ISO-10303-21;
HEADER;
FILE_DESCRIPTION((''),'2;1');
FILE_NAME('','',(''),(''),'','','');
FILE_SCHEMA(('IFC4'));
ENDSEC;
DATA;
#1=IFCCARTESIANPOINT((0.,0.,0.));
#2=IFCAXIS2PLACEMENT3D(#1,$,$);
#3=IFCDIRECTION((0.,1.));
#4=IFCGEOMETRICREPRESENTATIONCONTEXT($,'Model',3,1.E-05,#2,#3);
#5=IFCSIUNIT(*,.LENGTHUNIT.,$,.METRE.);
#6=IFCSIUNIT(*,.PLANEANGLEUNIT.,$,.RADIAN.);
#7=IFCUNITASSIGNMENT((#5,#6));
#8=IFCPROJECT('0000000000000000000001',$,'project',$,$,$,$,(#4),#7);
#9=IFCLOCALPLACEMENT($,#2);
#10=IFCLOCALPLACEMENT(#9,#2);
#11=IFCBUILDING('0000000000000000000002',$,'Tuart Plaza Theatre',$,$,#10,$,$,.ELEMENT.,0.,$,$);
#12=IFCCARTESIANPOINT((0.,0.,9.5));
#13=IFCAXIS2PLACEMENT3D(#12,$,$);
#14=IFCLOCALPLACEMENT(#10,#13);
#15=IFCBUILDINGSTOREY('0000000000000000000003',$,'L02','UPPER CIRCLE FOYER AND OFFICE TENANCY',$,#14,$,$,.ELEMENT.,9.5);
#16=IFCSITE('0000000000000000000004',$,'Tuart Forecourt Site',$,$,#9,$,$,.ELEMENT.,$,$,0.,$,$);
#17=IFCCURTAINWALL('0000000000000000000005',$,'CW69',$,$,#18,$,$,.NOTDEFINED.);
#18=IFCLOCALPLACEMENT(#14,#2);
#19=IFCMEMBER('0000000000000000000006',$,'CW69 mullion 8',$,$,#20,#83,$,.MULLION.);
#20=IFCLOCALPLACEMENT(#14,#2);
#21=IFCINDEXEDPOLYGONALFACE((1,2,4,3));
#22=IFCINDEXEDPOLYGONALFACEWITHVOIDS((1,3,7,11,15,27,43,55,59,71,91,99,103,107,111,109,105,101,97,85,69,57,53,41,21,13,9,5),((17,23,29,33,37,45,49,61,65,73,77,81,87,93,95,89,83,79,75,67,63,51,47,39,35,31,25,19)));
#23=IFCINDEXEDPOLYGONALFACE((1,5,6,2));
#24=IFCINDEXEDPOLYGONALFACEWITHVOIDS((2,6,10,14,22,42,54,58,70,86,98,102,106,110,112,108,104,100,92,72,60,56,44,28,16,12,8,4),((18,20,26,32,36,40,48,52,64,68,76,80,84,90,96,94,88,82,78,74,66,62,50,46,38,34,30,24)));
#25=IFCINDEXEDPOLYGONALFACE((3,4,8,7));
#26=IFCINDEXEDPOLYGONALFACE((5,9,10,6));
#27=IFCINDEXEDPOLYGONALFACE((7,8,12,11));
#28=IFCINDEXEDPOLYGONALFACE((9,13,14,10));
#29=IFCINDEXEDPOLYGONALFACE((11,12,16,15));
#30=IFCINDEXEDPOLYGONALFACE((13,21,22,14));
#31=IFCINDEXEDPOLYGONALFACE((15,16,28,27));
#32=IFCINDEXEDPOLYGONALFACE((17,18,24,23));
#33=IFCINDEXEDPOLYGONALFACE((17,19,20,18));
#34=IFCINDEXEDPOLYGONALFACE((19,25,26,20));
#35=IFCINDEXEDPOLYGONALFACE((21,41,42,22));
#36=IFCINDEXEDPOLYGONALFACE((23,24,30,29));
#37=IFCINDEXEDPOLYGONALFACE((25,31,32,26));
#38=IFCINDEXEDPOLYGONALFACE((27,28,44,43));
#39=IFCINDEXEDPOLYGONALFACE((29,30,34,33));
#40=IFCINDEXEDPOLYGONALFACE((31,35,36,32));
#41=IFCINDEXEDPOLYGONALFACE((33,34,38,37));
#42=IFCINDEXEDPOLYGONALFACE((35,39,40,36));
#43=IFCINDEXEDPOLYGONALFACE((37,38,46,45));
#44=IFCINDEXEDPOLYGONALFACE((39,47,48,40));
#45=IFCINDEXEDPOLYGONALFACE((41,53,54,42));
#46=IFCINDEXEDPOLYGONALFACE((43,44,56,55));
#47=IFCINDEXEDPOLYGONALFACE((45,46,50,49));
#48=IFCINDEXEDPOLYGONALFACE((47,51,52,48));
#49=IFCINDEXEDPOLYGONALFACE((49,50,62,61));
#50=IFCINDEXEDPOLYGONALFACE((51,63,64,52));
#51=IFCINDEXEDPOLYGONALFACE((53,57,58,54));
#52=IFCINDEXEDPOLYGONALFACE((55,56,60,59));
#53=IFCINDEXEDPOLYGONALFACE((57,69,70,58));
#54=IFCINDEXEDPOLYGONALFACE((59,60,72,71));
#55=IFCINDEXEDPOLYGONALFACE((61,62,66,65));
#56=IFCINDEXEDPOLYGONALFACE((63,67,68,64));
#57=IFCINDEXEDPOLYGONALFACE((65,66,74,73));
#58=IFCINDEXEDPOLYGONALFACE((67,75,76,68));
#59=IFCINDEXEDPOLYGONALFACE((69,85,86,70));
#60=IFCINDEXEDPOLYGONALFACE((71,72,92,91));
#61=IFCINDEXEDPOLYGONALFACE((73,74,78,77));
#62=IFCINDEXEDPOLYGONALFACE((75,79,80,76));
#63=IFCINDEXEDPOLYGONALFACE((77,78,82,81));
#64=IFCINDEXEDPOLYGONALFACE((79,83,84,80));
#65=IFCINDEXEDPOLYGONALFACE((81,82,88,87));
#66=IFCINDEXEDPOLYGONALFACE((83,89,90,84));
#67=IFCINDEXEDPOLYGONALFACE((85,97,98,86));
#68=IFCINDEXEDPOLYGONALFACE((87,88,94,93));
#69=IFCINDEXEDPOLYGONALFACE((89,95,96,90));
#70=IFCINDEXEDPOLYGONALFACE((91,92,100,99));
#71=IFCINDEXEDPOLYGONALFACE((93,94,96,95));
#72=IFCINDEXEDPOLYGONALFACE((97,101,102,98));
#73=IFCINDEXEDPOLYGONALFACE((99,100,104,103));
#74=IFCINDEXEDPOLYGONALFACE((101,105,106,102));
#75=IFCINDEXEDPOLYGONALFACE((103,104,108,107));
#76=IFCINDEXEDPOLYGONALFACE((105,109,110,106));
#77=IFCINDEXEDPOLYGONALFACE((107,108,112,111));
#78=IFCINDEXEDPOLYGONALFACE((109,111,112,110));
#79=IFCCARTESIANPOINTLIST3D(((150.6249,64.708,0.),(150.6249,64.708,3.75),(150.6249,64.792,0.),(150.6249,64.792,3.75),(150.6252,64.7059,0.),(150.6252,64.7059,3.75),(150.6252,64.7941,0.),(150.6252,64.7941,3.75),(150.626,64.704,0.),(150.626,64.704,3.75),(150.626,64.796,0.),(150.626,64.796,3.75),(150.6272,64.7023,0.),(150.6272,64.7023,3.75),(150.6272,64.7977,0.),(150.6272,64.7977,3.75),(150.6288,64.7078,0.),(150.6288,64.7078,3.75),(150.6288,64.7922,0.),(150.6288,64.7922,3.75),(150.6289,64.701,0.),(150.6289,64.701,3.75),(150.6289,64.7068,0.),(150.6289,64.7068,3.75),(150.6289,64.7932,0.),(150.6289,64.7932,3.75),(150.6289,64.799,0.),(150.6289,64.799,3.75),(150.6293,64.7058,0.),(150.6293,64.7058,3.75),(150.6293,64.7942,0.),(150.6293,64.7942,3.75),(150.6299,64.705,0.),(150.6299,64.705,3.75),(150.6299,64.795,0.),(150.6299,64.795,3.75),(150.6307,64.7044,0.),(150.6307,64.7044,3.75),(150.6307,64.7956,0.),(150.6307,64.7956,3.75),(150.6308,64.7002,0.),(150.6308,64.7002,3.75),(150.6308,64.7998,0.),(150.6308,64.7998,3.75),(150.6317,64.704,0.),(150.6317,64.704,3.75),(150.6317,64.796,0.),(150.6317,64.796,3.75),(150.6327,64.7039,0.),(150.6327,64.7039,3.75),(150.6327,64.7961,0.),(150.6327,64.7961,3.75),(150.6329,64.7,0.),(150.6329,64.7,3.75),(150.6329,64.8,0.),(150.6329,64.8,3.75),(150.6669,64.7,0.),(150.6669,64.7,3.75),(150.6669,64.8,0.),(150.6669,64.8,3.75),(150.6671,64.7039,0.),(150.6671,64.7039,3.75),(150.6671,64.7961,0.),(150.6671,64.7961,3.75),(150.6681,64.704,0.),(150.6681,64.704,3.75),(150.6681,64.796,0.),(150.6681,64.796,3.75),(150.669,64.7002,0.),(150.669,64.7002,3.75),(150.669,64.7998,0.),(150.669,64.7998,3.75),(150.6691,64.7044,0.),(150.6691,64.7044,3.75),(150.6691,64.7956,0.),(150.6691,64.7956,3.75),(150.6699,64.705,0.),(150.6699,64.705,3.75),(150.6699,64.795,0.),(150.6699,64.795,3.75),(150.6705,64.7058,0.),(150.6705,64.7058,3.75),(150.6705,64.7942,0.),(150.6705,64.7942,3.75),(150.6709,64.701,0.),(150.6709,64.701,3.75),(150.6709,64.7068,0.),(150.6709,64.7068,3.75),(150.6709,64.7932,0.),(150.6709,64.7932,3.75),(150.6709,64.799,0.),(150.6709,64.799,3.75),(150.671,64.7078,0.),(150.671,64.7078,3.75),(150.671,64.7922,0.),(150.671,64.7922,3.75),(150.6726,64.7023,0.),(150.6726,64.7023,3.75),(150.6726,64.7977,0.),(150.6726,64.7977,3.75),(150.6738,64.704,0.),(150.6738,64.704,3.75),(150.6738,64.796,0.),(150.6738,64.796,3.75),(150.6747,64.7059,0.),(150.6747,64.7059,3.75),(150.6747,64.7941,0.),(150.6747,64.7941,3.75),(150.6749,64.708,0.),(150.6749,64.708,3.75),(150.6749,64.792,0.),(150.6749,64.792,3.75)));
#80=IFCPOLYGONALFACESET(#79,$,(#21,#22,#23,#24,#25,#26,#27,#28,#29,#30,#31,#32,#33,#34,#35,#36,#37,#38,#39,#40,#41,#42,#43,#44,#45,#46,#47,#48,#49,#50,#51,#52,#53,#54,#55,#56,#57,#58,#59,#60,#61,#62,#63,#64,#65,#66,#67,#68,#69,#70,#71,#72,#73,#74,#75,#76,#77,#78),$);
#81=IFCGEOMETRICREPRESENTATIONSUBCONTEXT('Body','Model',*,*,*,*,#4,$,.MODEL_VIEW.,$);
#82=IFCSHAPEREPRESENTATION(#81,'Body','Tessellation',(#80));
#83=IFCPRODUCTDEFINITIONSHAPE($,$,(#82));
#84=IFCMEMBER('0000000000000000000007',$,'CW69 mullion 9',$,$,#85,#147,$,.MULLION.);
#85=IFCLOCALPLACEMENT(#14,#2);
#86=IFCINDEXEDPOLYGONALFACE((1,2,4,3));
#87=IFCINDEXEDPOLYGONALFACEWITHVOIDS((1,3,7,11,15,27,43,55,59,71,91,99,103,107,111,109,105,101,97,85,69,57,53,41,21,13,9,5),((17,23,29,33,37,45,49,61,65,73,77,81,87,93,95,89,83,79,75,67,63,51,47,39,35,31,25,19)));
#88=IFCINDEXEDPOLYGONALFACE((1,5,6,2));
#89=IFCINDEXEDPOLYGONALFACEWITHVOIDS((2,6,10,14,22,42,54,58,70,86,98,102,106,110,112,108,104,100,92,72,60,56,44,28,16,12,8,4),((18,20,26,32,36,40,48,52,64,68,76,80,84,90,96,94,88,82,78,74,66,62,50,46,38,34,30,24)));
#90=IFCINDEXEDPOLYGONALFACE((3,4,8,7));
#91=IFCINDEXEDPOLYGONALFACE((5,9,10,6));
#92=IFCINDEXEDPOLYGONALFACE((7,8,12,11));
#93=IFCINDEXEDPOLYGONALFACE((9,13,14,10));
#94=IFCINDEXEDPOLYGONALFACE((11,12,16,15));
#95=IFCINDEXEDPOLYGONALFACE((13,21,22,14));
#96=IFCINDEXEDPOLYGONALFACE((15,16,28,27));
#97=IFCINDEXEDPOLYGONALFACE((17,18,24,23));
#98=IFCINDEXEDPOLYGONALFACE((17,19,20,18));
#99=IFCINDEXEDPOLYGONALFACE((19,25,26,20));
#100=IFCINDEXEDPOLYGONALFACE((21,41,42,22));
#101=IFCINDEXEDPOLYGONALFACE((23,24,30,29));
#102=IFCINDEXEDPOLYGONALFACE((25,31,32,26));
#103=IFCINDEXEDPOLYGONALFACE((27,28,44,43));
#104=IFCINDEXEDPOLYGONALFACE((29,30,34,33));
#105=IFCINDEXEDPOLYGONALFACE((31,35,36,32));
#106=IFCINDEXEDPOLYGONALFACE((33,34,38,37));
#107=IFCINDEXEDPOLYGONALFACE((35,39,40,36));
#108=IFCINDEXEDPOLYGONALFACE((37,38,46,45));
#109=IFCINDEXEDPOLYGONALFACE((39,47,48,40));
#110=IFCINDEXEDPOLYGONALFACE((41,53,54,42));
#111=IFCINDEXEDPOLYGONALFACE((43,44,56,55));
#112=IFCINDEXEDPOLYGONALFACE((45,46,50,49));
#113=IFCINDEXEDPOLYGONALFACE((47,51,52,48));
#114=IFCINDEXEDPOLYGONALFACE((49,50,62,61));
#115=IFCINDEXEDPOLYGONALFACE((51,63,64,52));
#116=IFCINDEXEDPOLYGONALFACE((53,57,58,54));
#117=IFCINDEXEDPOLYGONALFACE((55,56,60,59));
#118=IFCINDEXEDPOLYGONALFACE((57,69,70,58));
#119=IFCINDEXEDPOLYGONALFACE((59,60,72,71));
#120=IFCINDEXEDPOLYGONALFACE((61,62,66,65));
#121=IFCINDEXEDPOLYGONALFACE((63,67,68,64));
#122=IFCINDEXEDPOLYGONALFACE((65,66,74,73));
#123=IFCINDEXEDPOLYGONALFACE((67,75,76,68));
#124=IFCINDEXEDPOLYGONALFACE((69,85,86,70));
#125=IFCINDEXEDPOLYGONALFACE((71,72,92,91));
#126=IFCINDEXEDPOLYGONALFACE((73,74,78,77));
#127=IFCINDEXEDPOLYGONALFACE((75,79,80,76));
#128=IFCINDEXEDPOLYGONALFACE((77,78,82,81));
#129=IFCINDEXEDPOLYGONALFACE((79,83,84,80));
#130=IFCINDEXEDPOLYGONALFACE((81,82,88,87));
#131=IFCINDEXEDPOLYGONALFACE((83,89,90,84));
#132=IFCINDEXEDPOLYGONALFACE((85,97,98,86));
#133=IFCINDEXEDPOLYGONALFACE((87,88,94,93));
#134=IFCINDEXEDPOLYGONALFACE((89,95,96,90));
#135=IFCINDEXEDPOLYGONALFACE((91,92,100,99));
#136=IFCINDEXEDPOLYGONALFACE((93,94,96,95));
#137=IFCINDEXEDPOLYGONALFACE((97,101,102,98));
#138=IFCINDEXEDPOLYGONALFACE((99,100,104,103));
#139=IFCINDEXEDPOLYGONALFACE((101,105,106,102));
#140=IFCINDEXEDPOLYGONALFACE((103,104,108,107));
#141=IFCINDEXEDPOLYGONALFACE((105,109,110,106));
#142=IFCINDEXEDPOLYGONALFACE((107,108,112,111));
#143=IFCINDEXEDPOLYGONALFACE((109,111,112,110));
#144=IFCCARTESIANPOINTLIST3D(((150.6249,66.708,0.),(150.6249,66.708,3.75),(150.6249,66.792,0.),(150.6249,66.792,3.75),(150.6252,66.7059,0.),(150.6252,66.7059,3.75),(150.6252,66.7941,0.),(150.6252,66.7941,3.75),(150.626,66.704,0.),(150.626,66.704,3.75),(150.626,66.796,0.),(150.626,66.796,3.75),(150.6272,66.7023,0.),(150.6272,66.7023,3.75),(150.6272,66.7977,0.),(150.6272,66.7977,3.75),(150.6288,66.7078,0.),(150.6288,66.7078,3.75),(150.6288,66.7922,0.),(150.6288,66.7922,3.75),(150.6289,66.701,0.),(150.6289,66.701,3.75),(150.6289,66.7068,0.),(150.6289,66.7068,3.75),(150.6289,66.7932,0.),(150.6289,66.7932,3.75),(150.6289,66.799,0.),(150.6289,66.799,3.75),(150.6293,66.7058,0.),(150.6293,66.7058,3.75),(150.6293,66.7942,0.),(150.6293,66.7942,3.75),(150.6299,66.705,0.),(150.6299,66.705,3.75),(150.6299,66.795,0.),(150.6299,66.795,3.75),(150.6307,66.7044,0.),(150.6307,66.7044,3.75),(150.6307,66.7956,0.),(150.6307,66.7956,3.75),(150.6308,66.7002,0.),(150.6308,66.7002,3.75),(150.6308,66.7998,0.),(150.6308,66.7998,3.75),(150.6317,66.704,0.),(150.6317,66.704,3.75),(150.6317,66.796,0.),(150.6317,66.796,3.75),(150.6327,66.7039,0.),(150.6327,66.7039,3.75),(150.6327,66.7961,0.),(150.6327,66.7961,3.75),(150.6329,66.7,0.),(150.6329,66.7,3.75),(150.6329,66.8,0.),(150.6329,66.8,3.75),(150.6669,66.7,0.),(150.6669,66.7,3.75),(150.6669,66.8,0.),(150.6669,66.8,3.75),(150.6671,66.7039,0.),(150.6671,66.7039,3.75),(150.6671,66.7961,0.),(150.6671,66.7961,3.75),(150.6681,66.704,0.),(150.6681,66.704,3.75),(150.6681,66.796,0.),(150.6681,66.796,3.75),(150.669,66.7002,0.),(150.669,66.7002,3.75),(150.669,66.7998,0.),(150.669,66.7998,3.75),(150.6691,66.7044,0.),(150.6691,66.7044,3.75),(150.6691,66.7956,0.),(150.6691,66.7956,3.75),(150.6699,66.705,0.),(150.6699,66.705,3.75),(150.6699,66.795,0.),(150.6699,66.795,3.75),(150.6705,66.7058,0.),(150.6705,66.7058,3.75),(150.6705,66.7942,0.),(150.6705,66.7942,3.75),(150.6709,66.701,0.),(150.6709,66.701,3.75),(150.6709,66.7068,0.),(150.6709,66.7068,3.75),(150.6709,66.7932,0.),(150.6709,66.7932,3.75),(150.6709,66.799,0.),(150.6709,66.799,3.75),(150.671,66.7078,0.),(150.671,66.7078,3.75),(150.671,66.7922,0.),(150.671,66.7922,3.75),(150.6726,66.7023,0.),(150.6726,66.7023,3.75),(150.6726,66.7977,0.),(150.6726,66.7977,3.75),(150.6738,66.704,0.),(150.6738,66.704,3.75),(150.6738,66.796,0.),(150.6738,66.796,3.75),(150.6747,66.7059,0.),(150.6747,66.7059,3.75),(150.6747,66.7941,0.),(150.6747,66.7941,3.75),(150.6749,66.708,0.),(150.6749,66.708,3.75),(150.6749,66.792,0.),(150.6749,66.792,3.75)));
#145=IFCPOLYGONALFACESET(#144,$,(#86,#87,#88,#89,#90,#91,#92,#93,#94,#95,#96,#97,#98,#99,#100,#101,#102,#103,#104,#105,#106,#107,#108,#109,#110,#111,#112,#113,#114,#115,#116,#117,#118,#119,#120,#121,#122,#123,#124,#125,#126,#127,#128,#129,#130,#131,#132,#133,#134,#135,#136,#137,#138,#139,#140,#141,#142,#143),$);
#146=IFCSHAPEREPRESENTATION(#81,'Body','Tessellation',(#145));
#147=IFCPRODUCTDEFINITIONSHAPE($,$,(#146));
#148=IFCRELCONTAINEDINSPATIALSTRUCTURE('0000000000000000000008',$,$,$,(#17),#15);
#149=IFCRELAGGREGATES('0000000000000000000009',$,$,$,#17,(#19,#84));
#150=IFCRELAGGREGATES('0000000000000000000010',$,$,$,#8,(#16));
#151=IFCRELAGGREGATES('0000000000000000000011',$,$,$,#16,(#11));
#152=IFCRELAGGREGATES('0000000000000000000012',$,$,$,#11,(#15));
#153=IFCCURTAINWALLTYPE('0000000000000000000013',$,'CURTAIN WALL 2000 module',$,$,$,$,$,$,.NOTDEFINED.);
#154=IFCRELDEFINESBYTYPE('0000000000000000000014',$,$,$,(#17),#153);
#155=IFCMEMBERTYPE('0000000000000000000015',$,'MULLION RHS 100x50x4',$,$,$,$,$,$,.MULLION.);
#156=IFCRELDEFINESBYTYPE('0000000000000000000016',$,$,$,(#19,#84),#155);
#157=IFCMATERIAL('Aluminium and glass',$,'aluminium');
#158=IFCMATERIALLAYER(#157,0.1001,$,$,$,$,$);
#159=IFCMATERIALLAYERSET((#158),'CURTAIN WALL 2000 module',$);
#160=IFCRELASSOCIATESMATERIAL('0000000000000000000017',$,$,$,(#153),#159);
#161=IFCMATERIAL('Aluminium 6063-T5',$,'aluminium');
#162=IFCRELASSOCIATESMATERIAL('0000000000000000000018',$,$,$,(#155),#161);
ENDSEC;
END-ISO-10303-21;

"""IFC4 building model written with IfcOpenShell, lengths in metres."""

from ifc_helpers import new_model, si_unit, direction, frame, origin, origin_2d, place, context, subcontext, project, spatial, hollow_rectangle, extrude, material, layer, layer_set, material_profile, profile_set, type_object, element, aggregate, save


model = new_model("IFC4")

# Units and contexts
model_context = context("Model", 3, precision=1e-05, world=origin(), true_north=direction((0.0, 1.0)))
body_context = subcontext(model_context, "Body", "Model", "MODEL_VIEW")
ifc_project = project(units=[si_unit("LENGTHUNIT", "METRE"), si_unit("PLANEANGLEUNIT", "RADIAN")], contexts=[model_context])

# Site, building, storey
site_placement = place(None, origin())
site = spatial("IfcSite", under=ifc_project, at=site_placement, Name="Tuart Forecourt Site", CompositionType="ELEMENT", RefElevation=0.0)
building_placement = place(site_placement, origin())
building = spatial("IfcBuilding", under=site, at=building_placement, Name="Tuart Plaza Theatre", CompositionType="ELEMENT", ElevationOfRefHeight=0.0)
storey_placement = place(building_placement, frame((0.0, 0.0, 9.5)))
storey = spatial("IfcBuildingStorey", under=building, at=storey_placement, Name="L02", Description="UPPER CIRCLE FOYER AND OFFICE TENANCY", CompositionType="ELEMENT", Elevation=9.5)

# Curtain wall, members
ifc_material_1 = material(Name="Aluminium and glass", Category="aluminium")
ifc_layer_1 = layer(ifc_material_1, 0.1001)
ifc_layer_set_1 = layer_set([ifc_layer_1], Name="CURTAIN WALL 2000 module")
curtain_wall_type = type_object("IfcCurtainWallType", Name="CURTAIN WALL 2000 module", PredefinedType="NOTDEFINED", material=ifc_layer_set_1)
curtain_wall_placement = place(storey_placement, origin())
curtain_wall = element("IfcCurtainWall", 1, at=curtain_wall_placement, inside=storey, type_object=curtain_wall_type, Name="CW69", PredefinedType="NOTDEFINED")
ifc_material_2 = material(Name="Aluminium 6063-T5", Category="aluminium")
ifc_material_profile_1 = material_profile(ifc_material_2, hollow_rectangle(XDim=0.05, YDim=0.1001, WallThickness=0.0039, InnerFilletRadius=0.0039, OuterFilletRadius=0.0081, at=origin_2d()), Name="RHS 100x50x4")
ifc_profile_set_1 = profile_set([ifc_material_profile_1], Name="Aluminium 6063-T5")
member_type_1 = type_object("IfcMemberType", Name="MULLION RHS 100x50x4", PredefinedType="MULLION", material=ifc_profile_set_1)
member_1_placement = place(storey_placement, frame((150.6499, 64.75, 0.0), z_axis=(0.0, 0.0, 1.0), x_axis=(-1.0, 0.0, 0.0)))
member_1 = element("IfcMember", 2, at=member_1_placement, type_object=member_type_1, Name="CW69 mullion 8", PredefinedType="MULLION", context=body_context, shape_type="SweptSolid", body=[
    extrude(hollow_rectangle(XDim=0.05, YDim=0.1001, WallThickness=0.0039, InnerFilletRadius=0.0039, OuterFilletRadius=0.0081, at=origin_2d()), origin(), (0.0, 0.0, 1.0), 3.75),
])
member_2_placement = place(storey_placement, frame((150.6499, 66.75, 0.0), z_axis=(0.0, 0.0, 1.0), x_axis=(-1.0, 0.0, 0.0)))
member_2 = element("IfcMember", 3, at=member_2_placement, type_object=member_type_1, Name="CW69 mullion 9", PredefinedType="MULLION", context=body_context, shape_type="SweptSolid", body=[
    extrude(hollow_rectangle(XDim=0.05, YDim=0.1001, WallThickness=0.0039, InnerFilletRadius=0.0039, OuterFilletRadius=0.0081, at=origin_2d()), origin(), (0.0, 0.0, 1.0), 3.75),
])
aggregate(curtain_wall, [member_1, member_2])

save(model, "model.ifc")
